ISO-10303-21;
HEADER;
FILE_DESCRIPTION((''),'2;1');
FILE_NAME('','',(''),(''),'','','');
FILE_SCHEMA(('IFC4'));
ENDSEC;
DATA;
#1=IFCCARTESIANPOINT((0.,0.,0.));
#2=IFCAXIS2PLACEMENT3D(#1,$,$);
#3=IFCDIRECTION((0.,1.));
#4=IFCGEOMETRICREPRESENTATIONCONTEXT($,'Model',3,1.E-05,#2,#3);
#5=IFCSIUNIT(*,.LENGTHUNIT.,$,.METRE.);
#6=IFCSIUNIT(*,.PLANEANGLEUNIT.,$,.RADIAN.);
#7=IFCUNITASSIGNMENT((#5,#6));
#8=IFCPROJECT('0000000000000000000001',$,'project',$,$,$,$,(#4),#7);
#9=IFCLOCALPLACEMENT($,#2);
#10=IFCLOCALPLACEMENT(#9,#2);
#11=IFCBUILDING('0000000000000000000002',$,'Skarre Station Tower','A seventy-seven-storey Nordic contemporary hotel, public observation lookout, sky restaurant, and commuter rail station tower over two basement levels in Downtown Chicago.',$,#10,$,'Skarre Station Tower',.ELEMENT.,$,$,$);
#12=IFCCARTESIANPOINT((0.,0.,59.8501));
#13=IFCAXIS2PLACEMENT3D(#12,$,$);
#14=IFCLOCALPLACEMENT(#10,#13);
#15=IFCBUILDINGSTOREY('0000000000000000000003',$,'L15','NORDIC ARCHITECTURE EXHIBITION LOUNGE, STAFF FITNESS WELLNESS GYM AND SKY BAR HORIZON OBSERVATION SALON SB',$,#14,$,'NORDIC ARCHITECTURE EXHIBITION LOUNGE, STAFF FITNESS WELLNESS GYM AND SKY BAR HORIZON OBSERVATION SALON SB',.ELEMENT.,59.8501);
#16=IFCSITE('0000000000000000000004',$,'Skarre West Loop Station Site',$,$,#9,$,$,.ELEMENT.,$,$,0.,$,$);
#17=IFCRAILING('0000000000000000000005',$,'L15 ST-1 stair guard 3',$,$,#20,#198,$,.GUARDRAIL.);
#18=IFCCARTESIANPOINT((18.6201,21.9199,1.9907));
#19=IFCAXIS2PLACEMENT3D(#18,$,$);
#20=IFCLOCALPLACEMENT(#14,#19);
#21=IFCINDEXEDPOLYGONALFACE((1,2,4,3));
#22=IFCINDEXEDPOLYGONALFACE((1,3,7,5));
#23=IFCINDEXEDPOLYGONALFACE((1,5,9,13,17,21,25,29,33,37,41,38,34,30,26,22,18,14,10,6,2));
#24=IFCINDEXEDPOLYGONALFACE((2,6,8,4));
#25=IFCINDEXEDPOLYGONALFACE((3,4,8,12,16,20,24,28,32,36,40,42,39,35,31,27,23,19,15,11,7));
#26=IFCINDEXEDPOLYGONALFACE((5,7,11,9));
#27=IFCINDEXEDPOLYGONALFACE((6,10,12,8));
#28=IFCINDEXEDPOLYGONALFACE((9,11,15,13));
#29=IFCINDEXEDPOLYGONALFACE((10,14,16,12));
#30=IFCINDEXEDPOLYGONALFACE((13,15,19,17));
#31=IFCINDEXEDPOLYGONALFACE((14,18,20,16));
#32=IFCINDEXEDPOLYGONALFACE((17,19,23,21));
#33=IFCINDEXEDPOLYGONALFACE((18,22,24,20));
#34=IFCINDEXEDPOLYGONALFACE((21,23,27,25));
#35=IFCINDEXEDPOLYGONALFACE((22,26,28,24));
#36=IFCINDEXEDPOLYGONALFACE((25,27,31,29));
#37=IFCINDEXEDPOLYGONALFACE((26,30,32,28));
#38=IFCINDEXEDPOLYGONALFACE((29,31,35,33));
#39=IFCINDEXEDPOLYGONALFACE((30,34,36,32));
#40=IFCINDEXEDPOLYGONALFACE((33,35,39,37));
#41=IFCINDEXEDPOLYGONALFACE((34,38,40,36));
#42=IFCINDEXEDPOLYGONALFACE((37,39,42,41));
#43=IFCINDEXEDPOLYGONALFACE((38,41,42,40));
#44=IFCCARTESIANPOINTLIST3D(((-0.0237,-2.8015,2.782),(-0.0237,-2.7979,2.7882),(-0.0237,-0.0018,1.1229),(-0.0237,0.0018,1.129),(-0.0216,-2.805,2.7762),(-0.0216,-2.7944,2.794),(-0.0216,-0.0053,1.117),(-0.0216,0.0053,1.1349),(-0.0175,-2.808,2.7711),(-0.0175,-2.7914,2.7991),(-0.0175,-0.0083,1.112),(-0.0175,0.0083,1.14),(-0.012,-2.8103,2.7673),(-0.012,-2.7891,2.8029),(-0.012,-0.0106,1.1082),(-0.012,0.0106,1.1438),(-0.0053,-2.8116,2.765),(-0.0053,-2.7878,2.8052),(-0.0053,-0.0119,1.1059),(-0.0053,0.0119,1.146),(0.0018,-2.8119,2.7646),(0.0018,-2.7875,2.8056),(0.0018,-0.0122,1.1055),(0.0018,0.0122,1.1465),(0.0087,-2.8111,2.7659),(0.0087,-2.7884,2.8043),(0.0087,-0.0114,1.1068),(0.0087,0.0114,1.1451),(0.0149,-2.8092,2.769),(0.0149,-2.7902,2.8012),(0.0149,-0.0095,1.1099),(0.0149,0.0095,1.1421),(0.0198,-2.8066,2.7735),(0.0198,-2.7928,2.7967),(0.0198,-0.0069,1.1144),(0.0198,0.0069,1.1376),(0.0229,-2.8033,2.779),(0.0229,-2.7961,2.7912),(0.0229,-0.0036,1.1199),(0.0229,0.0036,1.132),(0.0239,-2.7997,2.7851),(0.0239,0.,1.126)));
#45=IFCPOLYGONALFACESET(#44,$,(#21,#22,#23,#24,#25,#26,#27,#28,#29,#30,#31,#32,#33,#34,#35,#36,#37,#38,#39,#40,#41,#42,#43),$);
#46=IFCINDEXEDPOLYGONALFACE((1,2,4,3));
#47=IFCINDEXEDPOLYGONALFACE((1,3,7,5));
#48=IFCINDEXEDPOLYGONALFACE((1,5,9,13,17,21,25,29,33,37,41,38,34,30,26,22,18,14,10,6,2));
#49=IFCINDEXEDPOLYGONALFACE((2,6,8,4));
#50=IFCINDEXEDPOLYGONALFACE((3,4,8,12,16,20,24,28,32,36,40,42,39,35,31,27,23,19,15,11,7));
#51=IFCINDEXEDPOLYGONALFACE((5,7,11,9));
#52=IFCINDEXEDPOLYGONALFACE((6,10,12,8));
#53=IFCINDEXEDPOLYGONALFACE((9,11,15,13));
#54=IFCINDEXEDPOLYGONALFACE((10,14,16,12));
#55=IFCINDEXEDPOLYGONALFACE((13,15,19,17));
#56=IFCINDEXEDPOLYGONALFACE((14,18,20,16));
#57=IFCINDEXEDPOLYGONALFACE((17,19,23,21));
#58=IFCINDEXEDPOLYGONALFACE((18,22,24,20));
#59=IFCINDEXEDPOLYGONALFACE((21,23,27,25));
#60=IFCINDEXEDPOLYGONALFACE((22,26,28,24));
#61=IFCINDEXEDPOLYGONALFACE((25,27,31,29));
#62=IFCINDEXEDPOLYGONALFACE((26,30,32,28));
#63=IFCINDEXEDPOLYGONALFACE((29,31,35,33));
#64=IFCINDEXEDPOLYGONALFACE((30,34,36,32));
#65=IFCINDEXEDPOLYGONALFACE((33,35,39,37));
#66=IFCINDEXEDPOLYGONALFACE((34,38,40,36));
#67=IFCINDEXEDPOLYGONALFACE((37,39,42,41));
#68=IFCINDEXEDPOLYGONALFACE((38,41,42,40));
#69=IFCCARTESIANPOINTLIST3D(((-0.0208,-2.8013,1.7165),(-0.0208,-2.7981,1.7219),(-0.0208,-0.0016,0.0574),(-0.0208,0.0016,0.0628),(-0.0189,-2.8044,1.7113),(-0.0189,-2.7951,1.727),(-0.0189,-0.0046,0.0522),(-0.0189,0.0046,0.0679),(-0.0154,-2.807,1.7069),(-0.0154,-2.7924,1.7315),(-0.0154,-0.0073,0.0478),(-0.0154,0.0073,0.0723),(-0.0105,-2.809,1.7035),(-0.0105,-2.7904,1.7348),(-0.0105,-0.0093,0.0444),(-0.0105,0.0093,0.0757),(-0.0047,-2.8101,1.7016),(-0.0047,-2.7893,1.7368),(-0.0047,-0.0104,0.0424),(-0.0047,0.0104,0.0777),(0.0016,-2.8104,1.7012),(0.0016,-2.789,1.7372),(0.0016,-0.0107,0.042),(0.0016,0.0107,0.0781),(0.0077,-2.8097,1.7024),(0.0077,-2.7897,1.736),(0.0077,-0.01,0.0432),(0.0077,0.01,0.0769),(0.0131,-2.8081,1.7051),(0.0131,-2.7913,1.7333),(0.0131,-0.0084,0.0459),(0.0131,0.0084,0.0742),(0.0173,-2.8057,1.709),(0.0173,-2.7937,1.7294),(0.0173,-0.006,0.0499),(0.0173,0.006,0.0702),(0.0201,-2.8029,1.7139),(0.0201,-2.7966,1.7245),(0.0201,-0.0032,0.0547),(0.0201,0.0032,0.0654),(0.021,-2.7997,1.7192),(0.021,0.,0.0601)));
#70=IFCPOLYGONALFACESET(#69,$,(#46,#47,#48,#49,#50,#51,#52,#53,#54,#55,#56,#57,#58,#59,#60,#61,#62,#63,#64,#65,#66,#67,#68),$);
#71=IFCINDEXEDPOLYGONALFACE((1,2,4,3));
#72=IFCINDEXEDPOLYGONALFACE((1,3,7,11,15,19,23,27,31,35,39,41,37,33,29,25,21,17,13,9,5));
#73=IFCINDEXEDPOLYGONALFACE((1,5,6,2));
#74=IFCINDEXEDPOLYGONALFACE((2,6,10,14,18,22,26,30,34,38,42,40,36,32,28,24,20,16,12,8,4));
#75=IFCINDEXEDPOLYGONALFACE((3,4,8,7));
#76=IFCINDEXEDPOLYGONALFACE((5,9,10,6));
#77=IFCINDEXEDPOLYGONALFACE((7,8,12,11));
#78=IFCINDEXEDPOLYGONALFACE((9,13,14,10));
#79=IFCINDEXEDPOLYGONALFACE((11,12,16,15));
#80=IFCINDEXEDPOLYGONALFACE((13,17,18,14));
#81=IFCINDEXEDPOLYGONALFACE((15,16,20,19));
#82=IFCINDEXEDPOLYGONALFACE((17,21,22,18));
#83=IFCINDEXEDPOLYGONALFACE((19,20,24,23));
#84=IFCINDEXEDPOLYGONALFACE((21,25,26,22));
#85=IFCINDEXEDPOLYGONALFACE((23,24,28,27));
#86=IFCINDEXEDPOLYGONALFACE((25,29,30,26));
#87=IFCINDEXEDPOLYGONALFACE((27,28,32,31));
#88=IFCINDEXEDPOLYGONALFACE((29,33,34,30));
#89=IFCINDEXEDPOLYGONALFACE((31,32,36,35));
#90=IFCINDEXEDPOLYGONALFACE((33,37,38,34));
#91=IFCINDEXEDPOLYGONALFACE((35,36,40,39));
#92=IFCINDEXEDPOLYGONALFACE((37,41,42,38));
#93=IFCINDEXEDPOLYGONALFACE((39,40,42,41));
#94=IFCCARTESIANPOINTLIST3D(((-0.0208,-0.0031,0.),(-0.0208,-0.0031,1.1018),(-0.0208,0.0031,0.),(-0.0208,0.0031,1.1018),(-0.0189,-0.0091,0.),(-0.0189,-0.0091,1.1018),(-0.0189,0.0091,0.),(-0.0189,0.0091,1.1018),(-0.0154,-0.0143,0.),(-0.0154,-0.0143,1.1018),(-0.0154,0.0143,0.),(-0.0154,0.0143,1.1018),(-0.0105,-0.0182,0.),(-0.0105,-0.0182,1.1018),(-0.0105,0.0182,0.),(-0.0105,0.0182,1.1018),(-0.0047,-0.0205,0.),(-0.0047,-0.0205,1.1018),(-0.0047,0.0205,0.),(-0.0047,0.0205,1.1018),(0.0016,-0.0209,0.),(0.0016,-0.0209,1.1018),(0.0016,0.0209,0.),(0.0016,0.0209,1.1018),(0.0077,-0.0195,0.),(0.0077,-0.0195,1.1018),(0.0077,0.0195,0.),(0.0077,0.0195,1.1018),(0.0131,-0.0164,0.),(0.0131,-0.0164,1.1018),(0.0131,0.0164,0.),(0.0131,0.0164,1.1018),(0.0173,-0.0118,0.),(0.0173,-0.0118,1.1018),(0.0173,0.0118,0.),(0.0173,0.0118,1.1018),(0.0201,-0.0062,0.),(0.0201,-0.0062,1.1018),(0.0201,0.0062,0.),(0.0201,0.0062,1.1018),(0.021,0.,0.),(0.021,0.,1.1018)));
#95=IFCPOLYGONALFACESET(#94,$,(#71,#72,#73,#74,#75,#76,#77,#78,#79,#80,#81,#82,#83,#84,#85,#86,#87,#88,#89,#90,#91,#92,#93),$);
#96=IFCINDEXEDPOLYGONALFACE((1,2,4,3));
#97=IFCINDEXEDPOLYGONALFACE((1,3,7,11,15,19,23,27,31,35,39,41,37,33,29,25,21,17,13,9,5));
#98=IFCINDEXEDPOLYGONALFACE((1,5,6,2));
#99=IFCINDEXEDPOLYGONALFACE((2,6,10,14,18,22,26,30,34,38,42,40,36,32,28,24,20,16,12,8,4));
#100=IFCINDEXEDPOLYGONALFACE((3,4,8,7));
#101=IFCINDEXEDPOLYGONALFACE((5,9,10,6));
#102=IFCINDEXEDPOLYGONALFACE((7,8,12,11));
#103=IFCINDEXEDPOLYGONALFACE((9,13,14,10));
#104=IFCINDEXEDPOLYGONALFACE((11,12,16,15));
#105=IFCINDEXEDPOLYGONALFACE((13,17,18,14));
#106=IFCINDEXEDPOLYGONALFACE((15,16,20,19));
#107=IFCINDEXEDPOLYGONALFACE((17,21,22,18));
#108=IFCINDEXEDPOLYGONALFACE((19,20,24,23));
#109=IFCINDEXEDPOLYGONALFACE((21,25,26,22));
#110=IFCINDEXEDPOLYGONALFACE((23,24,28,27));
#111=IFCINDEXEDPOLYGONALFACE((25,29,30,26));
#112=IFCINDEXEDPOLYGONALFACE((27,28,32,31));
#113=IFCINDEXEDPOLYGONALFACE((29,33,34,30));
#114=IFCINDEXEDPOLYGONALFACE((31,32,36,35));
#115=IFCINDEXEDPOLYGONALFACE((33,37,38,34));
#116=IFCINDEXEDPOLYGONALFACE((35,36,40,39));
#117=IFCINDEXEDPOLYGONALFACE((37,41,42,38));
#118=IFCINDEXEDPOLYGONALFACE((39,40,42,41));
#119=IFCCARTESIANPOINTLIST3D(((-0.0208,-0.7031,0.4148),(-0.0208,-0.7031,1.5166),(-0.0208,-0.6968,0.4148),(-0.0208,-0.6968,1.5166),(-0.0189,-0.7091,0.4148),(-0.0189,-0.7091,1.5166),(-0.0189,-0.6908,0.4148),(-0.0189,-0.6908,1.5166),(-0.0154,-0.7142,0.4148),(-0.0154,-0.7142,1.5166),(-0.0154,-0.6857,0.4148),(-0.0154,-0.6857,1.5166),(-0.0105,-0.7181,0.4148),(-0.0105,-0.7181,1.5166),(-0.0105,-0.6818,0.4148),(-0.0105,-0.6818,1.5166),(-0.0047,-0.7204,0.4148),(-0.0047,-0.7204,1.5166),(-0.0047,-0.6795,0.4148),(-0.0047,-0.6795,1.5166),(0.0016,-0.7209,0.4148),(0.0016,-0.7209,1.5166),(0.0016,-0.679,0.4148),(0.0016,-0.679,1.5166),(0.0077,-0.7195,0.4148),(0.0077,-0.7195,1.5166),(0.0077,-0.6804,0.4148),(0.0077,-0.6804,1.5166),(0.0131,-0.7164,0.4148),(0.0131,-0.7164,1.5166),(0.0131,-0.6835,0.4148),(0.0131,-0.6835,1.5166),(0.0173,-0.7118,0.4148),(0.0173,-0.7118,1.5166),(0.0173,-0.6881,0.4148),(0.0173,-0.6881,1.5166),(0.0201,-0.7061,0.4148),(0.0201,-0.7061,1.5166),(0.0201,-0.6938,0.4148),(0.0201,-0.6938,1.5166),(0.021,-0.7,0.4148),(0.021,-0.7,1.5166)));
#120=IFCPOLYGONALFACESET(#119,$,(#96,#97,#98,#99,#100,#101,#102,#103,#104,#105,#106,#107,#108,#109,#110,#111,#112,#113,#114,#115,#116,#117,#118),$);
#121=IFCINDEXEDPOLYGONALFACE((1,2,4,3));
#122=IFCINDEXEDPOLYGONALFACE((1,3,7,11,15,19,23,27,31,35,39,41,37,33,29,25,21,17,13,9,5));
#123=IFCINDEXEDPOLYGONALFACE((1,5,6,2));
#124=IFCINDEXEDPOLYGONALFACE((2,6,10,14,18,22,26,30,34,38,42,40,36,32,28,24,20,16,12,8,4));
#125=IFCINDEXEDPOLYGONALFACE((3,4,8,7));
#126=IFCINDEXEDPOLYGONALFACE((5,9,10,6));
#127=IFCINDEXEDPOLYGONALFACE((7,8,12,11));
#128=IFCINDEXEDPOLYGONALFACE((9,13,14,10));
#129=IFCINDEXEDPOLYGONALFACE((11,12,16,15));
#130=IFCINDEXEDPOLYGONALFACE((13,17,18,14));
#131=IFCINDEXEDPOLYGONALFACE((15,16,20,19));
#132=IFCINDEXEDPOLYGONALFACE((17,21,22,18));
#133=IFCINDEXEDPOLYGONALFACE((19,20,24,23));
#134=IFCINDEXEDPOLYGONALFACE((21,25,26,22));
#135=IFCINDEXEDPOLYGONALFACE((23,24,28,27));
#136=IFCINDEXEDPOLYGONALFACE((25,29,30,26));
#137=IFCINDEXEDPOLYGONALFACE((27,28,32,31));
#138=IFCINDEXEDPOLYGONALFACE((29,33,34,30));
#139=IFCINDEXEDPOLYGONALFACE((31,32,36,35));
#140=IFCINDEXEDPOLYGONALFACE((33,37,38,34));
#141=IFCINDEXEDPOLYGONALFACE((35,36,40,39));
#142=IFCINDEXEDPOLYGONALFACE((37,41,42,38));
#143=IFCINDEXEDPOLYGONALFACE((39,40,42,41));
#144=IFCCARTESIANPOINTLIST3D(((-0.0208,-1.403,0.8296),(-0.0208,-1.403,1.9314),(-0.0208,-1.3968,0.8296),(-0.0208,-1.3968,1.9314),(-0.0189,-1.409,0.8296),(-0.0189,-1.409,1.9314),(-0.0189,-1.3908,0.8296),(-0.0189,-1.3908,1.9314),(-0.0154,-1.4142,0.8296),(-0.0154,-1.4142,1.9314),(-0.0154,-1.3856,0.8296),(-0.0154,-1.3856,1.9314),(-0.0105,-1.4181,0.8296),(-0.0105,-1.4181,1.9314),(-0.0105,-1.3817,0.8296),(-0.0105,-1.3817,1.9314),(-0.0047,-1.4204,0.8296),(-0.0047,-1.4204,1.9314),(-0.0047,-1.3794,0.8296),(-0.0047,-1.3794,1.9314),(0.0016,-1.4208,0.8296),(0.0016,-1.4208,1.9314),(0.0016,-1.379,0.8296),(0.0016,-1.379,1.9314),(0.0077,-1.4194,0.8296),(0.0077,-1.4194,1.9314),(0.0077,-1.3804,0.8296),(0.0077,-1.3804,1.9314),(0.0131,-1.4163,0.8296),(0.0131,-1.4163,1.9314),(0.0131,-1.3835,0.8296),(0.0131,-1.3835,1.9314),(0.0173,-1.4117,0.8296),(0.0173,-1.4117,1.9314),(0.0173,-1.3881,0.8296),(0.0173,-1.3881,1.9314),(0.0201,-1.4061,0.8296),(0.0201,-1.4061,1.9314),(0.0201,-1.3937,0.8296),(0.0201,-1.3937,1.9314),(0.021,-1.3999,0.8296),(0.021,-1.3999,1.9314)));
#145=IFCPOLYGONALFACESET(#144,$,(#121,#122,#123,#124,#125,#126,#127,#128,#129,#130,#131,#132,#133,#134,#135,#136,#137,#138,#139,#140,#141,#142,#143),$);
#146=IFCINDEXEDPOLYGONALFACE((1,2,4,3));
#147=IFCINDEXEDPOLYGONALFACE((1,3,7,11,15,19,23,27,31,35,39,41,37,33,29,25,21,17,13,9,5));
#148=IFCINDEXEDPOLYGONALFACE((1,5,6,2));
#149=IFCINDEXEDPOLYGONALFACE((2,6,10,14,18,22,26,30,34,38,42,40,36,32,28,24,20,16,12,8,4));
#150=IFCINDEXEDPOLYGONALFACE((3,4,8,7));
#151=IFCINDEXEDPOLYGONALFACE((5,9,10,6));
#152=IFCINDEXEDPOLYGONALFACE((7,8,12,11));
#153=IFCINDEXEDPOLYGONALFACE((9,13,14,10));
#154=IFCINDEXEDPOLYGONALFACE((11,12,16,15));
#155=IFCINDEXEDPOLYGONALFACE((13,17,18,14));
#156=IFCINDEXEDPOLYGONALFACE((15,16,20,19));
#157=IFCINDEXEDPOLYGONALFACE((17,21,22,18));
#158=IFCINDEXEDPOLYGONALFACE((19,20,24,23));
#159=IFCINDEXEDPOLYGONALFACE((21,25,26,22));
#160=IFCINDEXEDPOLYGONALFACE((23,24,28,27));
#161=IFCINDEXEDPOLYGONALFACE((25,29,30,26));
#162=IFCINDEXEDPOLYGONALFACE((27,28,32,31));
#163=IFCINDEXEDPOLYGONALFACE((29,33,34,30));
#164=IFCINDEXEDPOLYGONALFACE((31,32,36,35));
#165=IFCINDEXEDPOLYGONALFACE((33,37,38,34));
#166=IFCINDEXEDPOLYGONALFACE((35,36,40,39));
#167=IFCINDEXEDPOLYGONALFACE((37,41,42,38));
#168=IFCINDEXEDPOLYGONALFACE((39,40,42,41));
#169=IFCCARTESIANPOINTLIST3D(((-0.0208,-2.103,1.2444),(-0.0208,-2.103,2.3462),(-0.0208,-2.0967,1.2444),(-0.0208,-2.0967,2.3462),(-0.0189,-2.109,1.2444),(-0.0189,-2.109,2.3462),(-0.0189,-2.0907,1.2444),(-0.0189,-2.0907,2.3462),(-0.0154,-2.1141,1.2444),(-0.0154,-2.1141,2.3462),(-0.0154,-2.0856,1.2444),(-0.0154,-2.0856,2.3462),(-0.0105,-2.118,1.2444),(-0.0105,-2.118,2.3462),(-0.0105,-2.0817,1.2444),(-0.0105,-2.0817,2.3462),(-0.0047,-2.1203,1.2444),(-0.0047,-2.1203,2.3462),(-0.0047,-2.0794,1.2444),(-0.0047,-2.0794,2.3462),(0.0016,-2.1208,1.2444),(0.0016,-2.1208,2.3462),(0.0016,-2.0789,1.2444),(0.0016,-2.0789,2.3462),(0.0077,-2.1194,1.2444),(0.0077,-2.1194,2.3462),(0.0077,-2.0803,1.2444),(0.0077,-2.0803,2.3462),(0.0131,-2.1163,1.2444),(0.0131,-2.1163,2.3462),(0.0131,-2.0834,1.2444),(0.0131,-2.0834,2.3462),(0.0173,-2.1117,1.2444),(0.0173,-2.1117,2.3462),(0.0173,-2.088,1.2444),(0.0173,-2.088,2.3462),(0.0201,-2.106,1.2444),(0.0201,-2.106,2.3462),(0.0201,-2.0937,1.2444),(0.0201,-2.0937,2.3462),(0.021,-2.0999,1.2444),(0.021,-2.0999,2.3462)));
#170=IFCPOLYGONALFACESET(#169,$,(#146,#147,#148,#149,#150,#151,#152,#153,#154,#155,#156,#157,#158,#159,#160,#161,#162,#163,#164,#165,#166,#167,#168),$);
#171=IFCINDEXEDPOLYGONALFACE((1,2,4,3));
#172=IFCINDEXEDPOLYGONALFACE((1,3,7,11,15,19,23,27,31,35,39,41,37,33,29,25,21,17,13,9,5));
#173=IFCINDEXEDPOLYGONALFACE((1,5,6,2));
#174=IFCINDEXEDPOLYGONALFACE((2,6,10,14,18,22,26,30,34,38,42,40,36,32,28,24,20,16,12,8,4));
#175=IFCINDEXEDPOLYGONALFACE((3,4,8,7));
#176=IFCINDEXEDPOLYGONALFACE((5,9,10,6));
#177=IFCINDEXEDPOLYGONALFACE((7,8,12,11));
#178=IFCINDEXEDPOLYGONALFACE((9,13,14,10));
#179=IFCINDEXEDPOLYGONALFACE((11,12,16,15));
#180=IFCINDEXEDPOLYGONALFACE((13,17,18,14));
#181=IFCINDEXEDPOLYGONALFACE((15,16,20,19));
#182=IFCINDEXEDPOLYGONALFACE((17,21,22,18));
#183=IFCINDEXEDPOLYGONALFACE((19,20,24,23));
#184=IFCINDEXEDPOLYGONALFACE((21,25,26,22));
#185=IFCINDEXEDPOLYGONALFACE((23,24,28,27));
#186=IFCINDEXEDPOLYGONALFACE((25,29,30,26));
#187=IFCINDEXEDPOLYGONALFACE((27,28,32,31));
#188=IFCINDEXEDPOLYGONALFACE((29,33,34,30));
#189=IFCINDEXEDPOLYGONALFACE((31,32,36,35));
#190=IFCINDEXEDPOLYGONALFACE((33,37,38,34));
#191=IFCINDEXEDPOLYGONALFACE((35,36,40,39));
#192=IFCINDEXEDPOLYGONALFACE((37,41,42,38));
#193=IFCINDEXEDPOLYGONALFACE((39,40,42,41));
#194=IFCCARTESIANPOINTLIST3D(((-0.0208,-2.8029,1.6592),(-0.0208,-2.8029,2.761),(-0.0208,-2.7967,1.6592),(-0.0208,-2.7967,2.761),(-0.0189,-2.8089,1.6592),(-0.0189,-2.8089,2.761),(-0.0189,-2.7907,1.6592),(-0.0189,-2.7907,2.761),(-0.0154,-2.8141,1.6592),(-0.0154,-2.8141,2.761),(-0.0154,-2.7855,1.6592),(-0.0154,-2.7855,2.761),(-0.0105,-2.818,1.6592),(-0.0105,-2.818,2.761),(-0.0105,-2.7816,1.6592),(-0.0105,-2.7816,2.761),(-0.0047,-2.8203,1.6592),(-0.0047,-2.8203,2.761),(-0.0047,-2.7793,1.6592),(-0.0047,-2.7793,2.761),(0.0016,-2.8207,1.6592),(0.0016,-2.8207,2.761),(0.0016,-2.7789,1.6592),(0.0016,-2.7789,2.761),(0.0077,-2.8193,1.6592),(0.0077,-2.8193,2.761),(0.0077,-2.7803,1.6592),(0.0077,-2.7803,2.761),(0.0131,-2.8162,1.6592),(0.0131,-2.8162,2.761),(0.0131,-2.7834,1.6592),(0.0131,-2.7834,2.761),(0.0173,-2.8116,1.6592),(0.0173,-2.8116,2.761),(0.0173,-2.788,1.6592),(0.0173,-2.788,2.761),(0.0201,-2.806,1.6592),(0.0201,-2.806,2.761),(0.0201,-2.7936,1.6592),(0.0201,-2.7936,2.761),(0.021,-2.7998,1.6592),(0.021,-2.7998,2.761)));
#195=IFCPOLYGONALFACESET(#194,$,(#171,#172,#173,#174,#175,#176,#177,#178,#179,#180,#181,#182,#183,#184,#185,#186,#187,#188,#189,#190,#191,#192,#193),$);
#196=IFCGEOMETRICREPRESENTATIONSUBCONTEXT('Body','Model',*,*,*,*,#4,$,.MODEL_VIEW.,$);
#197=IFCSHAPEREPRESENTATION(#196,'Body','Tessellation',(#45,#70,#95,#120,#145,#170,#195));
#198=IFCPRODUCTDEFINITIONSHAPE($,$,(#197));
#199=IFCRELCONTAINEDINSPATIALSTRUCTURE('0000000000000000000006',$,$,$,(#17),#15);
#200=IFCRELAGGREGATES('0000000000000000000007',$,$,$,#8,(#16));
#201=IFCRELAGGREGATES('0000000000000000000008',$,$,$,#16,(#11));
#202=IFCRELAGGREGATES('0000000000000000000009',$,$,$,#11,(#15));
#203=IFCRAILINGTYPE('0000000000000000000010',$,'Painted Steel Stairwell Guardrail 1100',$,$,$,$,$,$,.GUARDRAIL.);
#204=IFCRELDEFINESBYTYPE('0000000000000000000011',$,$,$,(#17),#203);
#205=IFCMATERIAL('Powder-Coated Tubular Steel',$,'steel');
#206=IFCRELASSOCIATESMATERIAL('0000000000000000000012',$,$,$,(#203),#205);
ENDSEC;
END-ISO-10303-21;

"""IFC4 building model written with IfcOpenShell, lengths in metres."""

from ifc_helpers import new_model, si_unit, direction, frame, origin, origin_2d, place, context, subcontext, project, spatial, circle, extrude, material, type_object, element, save


model = new_model("IFC4")

# Units and contexts
model_context = context("Model", 3, precision=1e-05, world=origin(), true_north=direction((0.0, 1.0)))
body_context = subcontext(model_context, "Body", "Model", "MODEL_VIEW")
ifc_project = project(units=[si_unit("LENGTHUNIT", "METRE"), si_unit("PLANEANGLEUNIT", "RADIAN")], contexts=[model_context])

# Site, building, storey
site_placement = place(None, origin())
site = spatial("IfcSite", under=ifc_project, at=site_placement, Name="Skarre West Loop Station Site", CompositionType="ELEMENT", RefElevation=0.0)
building_placement = place(site_placement, origin())
building = spatial("IfcBuilding", under=site, at=building_placement, Name="Skarre Station Tower", Description="A seventy-seven-storey Nordic contemporary hotel, public observation lookout, sky restaurant, and commuter rail station tower over two basement levels in Downtown Chicago.", LongName="Skarre Station Tower", CompositionType="ELEMENT")
storey_placement = place(building_placement, frame((0.0, 0.0, 59.8501)))
storey = spatial("IfcBuildingStorey", under=building, at=storey_placement, Name="L15", Description="NORDIC ARCHITECTURE EXHIBITION LOUNGE, STAFF FITNESS WELLNESS GYM AND SKY BAR HORIZON OBSERVATION SALON SB", LongName="NORDIC ARCHITECTURE EXHIBITION LOUNGE, STAFF FITNESS WELLNESS GYM AND SKY BAR HORIZON OBSERVATION SALON SB", CompositionType="ELEMENT", Elevation=59.8501)

# Railing
ifc_material_1 = material(Name="Powder-Coated Tubular Steel", Category="steel")
railing_type = type_object("IfcRailingType", Name="Painted Steel Stairwell Guardrail 1100", PredefinedType="GUARDRAIL", material=ifc_material_1)
railing_1_placement = place(storey_placement, frame((18.6201, 21.9199, 1.9907)))
element("IfcRailing", 1, at=railing_1_placement, inside=storey, type_object=railing_type, Name="L15 ST-1 stair guard 3", PredefinedType="GUARDRAIL", context=body_context, shape_type="SweptSolid", body=[
    extrude(circle(Radius=0.0239, at=origin_2d()), frame((0.0, 0.0, 1.126), z_axis=(0.0, -0.860287, 0.509811), x_axis=(1.0, 0.0, 0.0)), (0.0, 0.0, 1.0), 3.2544),
    extrude(circle(Radius=0.021, at=origin_2d()), frame((0.0, 0.0, 0.0601), z_axis=(0.0, -0.860287, 0.509811), x_axis=(1.0, 0.0, 0.0)), (0.0, 0.0, 1.0), 3.2544),
    extrude(circle(Radius=0.021, at=origin_2d()), origin(), (0.0, 0.0, 1.0), 1.1018),
    extrude(circle(Radius=0.021, at=origin_2d()), frame((0.0, -0.7, 0.4148)), (0.0, 0.0, 1.0), 1.1018),
    extrude(circle(Radius=0.021, at=origin_2d()), frame((0.0, -1.3999, 0.8296)), (0.0, 0.0, 1.0), 1.1018),
    extrude(circle(Radius=0.021, at=origin_2d()), frame((0.0, -2.0999, 1.2444)), (0.0, 0.0, 1.0), 1.1018),
    extrude(circle(Radius=0.021, at=origin_2d()), frame((0.0, -2.7998, 1.6592)), (0.0, 0.0, 1.0), 1.1018),
])

save(model, "model.ifc")
